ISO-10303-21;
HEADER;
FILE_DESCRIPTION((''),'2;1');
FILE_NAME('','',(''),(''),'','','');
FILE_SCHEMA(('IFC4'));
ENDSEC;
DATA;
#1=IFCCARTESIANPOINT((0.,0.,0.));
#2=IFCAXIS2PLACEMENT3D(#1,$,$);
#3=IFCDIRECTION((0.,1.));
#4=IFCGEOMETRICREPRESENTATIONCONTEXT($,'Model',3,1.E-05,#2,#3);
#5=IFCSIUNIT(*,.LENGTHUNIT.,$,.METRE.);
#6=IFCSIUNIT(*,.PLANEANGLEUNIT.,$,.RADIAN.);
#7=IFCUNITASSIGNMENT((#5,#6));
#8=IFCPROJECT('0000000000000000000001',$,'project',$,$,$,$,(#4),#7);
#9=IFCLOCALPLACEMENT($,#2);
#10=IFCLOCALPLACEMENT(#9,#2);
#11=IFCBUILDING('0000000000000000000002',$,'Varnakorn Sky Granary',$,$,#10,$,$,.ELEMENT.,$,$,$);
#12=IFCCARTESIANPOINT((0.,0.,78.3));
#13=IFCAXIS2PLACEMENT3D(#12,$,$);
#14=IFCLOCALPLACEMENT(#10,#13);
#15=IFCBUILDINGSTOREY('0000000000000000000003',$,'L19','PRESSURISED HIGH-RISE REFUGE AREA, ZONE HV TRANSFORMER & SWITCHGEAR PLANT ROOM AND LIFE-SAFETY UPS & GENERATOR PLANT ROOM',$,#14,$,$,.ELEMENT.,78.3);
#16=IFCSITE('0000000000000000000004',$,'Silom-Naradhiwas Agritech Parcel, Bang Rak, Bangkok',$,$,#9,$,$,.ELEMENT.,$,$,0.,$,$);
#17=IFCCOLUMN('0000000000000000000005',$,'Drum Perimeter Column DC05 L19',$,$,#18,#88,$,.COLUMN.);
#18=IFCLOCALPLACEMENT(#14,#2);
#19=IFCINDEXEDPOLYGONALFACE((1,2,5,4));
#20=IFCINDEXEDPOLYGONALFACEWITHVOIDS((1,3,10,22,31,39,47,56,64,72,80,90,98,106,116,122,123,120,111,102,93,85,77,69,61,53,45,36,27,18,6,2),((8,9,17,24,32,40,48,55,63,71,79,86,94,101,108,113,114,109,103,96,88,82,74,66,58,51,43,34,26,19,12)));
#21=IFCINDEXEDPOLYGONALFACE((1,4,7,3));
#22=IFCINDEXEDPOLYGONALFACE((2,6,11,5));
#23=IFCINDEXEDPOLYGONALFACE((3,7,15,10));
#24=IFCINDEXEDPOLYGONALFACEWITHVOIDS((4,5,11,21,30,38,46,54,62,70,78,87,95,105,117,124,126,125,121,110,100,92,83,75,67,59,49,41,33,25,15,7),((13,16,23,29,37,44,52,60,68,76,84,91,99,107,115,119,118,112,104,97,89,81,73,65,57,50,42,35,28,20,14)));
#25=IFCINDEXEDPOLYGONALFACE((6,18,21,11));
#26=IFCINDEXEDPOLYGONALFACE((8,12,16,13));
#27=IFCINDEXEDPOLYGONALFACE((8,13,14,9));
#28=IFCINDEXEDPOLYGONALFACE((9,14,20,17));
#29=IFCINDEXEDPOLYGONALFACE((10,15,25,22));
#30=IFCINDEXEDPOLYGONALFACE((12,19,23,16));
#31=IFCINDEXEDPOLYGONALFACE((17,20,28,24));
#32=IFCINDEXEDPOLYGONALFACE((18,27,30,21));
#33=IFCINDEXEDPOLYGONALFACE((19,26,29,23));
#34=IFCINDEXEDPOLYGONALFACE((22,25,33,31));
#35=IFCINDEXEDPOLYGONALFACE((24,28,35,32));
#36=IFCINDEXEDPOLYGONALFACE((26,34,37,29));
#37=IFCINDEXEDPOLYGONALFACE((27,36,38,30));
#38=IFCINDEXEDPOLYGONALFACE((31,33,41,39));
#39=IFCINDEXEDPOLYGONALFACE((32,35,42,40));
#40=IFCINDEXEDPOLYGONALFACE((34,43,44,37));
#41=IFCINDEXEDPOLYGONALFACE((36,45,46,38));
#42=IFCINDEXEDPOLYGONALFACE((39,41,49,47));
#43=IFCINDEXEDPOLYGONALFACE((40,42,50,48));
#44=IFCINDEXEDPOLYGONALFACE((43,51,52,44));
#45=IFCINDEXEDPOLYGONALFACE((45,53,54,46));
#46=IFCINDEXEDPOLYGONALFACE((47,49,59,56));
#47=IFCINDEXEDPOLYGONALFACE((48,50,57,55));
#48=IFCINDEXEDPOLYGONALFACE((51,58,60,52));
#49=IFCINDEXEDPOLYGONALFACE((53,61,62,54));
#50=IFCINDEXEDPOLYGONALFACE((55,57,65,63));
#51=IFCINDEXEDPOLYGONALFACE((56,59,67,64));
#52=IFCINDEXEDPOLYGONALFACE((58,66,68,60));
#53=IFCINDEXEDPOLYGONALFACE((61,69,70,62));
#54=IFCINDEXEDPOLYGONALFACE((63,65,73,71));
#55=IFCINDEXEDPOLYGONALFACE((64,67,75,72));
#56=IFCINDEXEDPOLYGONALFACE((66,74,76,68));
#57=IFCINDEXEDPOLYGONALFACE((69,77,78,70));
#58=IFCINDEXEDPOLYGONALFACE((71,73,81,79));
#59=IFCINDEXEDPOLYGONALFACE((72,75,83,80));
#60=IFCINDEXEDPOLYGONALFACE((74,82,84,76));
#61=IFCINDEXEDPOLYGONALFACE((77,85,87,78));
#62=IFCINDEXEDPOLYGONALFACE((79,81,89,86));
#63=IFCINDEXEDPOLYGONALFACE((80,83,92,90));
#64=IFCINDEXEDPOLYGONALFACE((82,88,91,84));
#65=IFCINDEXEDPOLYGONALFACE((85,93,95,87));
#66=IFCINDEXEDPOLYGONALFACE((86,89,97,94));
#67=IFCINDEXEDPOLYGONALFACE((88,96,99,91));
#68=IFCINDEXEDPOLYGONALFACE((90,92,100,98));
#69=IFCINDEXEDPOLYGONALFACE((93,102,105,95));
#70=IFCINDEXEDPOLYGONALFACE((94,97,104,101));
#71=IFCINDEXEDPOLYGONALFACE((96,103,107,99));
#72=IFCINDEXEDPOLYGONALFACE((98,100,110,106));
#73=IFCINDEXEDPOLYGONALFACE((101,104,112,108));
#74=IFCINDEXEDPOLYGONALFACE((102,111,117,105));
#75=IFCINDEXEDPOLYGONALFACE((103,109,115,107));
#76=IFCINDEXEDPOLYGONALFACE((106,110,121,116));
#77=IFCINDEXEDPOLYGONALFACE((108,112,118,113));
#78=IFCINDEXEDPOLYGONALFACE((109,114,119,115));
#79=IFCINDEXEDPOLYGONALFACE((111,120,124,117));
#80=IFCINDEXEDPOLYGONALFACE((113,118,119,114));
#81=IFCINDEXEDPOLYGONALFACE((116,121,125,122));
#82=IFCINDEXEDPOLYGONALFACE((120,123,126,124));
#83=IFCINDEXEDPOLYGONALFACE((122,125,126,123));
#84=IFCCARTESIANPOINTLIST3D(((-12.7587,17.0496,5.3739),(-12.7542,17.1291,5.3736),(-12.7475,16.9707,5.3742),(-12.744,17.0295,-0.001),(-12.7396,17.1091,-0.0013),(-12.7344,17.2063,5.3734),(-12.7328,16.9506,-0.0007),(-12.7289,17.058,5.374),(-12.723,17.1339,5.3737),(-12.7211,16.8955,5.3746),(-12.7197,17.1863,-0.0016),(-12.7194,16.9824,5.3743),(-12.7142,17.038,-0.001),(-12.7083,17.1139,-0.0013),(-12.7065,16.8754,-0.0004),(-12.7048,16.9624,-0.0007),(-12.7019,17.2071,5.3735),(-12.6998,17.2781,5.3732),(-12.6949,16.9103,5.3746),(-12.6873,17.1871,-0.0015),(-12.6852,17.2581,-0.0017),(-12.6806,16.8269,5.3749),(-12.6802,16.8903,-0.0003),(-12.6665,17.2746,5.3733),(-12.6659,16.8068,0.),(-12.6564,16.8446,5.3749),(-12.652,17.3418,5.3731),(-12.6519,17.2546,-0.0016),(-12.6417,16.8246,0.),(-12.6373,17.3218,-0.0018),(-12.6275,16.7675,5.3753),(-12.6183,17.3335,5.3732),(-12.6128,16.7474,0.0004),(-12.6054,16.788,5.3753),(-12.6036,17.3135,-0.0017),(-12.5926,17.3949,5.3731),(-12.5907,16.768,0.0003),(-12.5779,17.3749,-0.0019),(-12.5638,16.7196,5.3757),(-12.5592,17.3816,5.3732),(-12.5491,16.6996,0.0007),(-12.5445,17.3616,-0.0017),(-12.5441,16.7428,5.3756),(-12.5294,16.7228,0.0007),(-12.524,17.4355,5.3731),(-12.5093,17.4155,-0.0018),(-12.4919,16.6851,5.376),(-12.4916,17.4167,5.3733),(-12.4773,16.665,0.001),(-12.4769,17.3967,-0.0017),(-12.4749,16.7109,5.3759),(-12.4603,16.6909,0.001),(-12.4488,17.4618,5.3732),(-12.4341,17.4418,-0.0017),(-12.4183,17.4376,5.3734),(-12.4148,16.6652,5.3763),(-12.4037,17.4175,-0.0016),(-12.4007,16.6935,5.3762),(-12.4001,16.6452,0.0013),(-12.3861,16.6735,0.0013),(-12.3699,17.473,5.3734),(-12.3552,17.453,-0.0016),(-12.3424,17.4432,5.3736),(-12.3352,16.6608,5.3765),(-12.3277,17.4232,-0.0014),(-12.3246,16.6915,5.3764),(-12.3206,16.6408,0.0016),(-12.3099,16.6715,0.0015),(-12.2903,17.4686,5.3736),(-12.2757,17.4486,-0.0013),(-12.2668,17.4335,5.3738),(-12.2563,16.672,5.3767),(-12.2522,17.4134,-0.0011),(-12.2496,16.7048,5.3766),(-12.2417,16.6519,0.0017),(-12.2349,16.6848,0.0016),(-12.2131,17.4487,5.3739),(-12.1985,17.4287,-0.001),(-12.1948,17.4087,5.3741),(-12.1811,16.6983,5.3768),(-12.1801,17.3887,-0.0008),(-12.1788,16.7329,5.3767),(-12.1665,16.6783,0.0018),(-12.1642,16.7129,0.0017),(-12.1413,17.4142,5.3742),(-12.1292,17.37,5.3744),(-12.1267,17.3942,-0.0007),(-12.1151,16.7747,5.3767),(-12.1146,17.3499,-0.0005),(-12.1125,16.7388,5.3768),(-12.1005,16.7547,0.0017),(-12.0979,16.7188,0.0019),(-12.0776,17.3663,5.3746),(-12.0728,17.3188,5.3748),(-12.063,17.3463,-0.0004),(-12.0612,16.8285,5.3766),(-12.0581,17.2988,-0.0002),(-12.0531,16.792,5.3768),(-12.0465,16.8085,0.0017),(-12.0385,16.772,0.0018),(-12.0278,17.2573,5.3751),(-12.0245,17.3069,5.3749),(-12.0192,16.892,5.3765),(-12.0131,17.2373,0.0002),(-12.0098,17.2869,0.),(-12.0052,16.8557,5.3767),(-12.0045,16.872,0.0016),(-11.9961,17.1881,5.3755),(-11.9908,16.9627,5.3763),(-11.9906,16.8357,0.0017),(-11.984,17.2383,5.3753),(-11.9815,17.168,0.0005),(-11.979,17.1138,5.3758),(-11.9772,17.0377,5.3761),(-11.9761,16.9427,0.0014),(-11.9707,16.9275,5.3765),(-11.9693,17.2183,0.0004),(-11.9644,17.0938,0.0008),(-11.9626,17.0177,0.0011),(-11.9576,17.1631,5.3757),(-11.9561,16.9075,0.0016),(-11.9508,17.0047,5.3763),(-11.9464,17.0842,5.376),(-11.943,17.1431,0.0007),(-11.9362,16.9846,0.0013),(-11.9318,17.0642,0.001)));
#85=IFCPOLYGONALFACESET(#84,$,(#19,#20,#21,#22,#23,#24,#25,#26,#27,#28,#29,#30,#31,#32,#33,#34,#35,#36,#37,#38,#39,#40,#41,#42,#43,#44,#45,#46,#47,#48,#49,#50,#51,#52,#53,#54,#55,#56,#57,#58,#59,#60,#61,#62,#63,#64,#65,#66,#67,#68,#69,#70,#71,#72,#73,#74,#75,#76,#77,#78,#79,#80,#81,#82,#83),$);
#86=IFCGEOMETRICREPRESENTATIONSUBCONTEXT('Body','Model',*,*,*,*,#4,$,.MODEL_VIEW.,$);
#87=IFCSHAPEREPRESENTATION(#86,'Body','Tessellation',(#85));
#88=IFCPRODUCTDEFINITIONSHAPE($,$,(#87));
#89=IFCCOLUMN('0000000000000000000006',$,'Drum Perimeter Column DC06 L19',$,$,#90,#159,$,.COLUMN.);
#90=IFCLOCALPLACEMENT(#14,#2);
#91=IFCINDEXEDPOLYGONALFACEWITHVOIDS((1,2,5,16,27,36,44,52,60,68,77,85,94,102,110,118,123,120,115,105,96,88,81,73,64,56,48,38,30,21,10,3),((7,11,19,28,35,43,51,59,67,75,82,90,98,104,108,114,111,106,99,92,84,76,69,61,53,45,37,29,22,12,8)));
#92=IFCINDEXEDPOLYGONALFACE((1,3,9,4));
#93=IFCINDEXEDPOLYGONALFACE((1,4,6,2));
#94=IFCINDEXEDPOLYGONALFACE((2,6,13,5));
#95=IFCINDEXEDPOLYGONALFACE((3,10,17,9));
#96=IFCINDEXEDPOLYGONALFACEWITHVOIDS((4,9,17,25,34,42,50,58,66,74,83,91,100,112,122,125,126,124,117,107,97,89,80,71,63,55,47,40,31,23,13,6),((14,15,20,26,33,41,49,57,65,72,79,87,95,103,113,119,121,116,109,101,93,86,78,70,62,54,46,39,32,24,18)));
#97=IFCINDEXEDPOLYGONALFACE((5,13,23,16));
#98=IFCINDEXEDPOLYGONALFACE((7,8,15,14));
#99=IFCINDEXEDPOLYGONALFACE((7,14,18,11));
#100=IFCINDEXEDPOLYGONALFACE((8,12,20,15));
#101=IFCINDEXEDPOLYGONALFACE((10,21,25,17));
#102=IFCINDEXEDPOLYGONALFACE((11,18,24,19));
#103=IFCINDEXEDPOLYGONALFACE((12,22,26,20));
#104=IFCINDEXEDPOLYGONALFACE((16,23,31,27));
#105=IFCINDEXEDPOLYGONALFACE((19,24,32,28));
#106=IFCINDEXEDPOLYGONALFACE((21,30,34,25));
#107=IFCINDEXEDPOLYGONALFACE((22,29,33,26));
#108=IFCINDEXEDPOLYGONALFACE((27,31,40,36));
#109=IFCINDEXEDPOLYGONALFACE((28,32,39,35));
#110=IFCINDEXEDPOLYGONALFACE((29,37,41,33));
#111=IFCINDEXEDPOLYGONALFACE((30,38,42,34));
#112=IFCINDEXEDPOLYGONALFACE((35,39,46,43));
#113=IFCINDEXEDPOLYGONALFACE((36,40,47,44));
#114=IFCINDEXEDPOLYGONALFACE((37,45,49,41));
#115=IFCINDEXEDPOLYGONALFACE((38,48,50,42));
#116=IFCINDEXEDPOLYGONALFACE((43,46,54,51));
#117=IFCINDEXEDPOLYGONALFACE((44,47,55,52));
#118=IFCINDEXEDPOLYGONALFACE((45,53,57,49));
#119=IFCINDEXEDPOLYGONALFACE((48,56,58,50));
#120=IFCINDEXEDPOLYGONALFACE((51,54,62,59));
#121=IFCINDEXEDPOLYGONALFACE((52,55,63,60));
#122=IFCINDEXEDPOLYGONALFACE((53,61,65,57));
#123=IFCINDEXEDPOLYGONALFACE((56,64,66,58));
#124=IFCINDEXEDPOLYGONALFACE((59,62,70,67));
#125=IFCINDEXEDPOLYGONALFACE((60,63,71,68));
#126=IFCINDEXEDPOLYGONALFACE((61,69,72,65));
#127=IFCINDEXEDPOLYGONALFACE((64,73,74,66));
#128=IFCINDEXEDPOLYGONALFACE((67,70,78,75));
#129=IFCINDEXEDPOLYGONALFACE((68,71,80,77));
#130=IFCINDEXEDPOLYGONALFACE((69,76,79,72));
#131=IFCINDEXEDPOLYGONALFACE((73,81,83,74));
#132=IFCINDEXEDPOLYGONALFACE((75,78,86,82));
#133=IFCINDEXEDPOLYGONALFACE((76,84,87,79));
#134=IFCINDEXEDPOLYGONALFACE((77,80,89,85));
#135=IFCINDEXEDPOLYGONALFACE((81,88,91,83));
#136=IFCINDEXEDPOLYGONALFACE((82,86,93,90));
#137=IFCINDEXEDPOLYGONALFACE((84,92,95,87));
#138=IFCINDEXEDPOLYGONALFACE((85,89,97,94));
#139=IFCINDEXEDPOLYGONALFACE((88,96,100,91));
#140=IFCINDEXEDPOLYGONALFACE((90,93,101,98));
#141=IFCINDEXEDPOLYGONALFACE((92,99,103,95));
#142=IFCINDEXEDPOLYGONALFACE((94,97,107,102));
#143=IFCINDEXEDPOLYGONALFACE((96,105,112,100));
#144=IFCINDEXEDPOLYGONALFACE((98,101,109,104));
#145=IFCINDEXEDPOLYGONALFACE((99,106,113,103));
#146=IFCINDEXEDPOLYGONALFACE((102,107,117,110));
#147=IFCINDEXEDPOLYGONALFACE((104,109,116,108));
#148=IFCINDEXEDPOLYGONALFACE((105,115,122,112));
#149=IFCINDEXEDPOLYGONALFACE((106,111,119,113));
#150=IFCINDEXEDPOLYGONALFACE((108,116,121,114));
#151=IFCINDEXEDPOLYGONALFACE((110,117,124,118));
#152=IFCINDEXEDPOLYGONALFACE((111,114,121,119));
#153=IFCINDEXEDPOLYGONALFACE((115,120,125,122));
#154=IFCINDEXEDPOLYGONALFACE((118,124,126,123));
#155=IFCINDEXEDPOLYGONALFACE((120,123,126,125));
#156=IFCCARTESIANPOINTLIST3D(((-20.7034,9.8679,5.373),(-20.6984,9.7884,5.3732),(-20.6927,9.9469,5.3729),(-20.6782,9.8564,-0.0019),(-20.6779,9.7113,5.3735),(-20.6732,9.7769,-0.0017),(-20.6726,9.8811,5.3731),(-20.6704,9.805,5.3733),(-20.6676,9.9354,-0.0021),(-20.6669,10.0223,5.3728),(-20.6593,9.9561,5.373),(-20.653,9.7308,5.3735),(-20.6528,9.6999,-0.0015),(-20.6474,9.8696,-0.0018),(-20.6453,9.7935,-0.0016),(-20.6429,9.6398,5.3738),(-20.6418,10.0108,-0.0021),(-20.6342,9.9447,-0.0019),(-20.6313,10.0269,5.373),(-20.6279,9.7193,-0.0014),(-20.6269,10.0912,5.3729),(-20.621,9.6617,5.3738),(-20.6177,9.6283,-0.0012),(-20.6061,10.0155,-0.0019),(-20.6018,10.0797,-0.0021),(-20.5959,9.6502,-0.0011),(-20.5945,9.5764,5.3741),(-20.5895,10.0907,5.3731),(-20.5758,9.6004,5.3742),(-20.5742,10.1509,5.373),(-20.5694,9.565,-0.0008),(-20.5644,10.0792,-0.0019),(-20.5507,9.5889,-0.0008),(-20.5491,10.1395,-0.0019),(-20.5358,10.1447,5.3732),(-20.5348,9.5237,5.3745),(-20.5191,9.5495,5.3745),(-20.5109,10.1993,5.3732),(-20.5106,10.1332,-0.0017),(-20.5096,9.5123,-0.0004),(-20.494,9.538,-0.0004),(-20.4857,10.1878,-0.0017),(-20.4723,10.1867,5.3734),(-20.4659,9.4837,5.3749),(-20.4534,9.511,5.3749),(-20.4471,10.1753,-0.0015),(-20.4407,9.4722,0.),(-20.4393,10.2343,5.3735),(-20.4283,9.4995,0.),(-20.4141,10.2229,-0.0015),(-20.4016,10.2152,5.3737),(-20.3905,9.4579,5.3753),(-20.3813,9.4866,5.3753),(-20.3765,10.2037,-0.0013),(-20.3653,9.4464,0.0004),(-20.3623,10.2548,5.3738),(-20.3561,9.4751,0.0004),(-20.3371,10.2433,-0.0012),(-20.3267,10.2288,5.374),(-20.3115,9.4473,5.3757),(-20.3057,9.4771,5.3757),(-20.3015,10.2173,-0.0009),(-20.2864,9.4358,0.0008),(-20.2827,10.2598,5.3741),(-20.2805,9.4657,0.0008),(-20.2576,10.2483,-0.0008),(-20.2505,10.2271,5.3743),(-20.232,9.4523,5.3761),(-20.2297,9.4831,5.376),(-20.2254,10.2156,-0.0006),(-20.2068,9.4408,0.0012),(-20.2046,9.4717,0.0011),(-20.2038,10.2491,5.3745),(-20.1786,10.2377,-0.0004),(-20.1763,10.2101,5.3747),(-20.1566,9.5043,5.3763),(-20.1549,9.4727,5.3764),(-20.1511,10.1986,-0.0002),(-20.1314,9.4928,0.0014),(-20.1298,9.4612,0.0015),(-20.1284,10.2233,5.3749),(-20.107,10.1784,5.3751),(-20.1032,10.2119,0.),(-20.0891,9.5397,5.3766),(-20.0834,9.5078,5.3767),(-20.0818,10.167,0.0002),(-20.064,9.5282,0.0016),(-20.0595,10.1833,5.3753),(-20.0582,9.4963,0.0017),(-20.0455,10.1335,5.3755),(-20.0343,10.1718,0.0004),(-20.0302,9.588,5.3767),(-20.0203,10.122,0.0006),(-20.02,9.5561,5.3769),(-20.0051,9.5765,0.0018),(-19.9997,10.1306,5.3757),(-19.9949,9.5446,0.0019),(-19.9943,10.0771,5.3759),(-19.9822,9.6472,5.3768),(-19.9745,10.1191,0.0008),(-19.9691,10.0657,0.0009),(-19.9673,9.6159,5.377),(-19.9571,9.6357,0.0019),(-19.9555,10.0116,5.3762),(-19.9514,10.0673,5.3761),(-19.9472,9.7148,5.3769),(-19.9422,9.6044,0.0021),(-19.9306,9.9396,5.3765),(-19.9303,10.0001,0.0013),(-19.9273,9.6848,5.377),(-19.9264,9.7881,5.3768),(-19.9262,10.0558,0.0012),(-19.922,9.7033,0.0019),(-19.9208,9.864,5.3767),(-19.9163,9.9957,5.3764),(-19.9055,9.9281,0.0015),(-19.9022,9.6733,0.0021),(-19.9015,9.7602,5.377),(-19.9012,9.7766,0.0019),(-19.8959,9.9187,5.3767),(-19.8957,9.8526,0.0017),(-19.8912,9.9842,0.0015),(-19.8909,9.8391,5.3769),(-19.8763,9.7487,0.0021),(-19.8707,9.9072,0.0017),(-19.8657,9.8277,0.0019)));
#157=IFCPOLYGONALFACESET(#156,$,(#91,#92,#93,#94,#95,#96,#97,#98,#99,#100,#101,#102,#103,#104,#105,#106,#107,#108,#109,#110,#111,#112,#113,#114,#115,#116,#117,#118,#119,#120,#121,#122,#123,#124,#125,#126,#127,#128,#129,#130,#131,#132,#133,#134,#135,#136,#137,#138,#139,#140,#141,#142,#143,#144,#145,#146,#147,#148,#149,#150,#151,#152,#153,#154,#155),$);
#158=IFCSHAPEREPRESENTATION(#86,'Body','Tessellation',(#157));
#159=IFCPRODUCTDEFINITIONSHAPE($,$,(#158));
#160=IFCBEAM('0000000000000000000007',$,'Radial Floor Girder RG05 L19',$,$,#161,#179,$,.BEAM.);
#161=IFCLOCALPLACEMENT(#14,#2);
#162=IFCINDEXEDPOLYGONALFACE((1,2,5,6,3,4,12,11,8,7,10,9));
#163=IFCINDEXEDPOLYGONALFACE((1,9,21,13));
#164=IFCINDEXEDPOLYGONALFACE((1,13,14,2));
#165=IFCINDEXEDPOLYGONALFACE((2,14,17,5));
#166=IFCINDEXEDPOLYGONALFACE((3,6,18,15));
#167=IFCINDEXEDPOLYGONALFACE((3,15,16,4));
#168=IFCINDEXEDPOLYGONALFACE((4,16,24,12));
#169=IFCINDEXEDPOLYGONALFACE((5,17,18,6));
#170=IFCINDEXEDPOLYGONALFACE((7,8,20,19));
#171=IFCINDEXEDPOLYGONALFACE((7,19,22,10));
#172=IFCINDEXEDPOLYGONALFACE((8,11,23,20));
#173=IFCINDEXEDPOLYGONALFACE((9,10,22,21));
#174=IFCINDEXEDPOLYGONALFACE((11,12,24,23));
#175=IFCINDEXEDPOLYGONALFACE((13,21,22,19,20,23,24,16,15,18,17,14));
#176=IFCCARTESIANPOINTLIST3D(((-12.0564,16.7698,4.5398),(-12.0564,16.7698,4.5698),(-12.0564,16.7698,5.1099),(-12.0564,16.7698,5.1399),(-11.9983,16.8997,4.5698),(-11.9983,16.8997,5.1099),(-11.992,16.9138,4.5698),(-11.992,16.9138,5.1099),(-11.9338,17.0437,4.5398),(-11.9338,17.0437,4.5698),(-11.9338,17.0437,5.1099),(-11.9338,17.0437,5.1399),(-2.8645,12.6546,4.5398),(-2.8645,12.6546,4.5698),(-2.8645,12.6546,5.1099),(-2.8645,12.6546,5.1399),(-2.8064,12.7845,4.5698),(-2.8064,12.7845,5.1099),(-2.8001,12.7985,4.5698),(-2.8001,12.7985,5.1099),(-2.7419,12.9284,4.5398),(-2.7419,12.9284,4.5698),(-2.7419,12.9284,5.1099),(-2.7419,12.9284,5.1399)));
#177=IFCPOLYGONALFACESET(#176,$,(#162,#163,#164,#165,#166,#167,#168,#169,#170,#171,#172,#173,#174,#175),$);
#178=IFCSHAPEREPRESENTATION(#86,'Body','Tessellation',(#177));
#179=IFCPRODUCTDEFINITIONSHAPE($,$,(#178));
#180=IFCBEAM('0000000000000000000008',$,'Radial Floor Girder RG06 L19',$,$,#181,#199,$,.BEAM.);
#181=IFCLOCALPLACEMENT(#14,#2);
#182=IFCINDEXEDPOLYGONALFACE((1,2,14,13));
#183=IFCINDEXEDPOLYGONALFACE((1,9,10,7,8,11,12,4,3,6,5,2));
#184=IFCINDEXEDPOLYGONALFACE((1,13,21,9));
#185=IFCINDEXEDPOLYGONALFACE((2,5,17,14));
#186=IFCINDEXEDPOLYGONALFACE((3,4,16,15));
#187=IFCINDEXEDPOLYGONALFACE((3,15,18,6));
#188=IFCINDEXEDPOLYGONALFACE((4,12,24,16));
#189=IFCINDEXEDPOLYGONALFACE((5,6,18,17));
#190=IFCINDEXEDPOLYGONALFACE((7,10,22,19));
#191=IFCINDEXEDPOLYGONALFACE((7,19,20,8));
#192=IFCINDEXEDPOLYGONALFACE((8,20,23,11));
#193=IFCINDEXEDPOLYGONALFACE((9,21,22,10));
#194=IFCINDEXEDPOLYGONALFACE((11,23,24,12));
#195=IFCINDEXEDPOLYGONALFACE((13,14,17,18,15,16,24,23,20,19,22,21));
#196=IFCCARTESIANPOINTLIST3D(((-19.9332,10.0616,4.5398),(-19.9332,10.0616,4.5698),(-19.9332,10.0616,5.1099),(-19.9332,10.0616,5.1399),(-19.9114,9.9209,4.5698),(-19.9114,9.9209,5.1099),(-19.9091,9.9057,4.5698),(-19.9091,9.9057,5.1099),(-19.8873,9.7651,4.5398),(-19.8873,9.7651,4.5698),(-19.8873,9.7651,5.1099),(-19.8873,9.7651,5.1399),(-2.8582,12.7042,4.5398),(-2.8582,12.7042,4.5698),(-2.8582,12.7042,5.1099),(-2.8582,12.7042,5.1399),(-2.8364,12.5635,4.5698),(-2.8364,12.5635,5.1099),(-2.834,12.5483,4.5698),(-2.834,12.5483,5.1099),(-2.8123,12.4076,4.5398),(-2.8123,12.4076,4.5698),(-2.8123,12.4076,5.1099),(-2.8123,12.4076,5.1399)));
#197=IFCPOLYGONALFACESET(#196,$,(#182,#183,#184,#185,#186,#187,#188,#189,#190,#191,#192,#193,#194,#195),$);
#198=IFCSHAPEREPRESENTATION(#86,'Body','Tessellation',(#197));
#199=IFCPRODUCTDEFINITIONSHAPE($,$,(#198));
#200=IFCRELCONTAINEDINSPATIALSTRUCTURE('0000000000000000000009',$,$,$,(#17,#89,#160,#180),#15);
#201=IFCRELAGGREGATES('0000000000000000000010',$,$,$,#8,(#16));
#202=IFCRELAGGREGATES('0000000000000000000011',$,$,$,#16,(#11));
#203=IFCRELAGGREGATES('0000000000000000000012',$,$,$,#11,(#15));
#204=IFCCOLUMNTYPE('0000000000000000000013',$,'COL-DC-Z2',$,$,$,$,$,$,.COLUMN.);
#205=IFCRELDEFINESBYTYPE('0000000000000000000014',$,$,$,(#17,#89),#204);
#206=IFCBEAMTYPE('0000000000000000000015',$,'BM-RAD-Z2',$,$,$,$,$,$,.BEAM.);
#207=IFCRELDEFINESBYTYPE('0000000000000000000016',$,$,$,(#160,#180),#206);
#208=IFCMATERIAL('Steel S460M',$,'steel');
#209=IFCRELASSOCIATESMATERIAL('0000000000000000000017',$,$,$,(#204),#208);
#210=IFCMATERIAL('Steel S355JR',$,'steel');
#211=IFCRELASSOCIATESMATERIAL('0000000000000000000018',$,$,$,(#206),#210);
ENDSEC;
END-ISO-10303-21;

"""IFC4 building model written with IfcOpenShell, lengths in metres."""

from ifc_helpers import new_model, si_unit, direction, frame, origin, origin_2d, place, context, subcontext, project, spatial, hollow_circle, i_section, extrude, material, material_profile, profile_set, type_object, element, save


model = new_model("IFC4")

# Units and contexts
model_context = context("Model", 3, precision=1e-05, world=origin(), true_north=direction((0.0, 1.0)))
body_context = subcontext(model_context, "Body", "Model", "MODEL_VIEW")
ifc_project = project(units=[si_unit("LENGTHUNIT", "METRE"), si_unit("PLANEANGLEUNIT", "RADIAN")], contexts=[model_context])

# Site, building, storey
site_placement = place(None, origin())
site = spatial("IfcSite", under=ifc_project, at=site_placement, Name="Silom-Naradhiwas Agritech Parcel, Bang Rak, Bangkok", CompositionType="ELEMENT", RefElevation=0.0)
building_placement = place(site_placement, origin())
building = spatial("IfcBuilding", under=site, at=building_placement, Name="Varnakorn Sky Granary", CompositionType="ELEMENT")
storey_placement = place(building_placement, frame((0.0, 0.0, 78.3)))
storey = spatial("IfcBuildingStorey", under=building, at=storey_placement, Name="L19", Description="PRESSURISED HIGH-RISE REFUGE AREA, ZONE HV TRANSFORMER & SWITCHGEAR PLANT ROOM AND LIFE-SAFETY UPS & GENERATOR PLANT ROOM", CompositionType="ELEMENT", Elevation=78.3)

# Columns
ifc_material_1 = material(Name="Steel S460M", Category="steel")
ifc_material_profile_1 = material_profile(ifc_material_1, hollow_circle(Radius=0.4065, WallThickness=0.03, at=origin_2d()), Name="CHS 813x30")
ifc_profile_set_1 = profile_set([ifc_material_profile_1], Name="Steel S460M")
column_type = type_object("IfcColumnType", Name="COL-DC-Z2", PredefinedType="COLUMN", material=ifc_profile_set_1)
for number, where, z_axis, x_axis, name in (
    (1, (-12.3379, 17.0469, 0.0), (-0.002725, 0.003725, 0.999989), (-0.80703, -0.59051, 0.0), "Drum Perimeter Column DC05 L19"),
    (2, (-20.272, 9.842, 0.0), (-0.004678, 0.002135, 0.999987), (-0.415133, -0.909761, 0.0), "Drum Perimeter Column DC06 L19"),
):
    element("IfcColumn", number, at=place(storey_placement, frame(where, z_axis=z_axis, x_axis=x_axis)), inside=storey, type_object=column_type, Name=name, PredefinedType="COLUMN", context=body_context, shape_type="SweptSolid", body=[
        extrude(hollow_circle(Radius=0.4065, WallThickness=0.03, at=origin_2d()), origin(), (0.0, 0.0, 1.0), 5.375),
    ])

# Beams
ifc_material_2 = material(Name="Steel S355JR", Category="steel")
ifc_material_profile_2 = material_profile(ifc_material_2, i_section(OverallWidth=0.3, OverallDepth=0.6001, WebThickness=0.0154, FlangeThickness=0.03, at=origin_2d()), Name="HE 600 B")
ifc_profile_set_2 = profile_set([ifc_material_profile_2], Name="Steel S355JR")
beam_type_1 = type_object("IfcBeamType", Name="BM-RAD-Z2", PredefinedType="BEAM", material=ifc_profile_set_2)
beam_1_placement = place(storey_placement, frame((-2.8032, 12.7915, 4.8398), z_axis=(-0.912705, 0.40862, 0.0), x_axis=(-0.40862, -0.912705, 0.0)))
element("IfcBeam", 3, at=beam_1_placement, inside=storey, type_object=beam_type_1, Name="Radial Floor Girder RG05 L19", PredefinedType="BEAM", context=body_context, shape_type="SweptSolid", body=[
    extrude(i_section(OverallWidth=0.3, OverallDepth=0.6001, WebThickness=0.0154, FlangeThickness=0.03, at=origin_2d()), origin(), (0.0, 0.0, 1.0), 10.071),
])
beam_2_placement = place(storey_placement, frame((-2.8352, 12.5559, 4.8398), z_axis=(-0.988235, -0.152943, 0.0), x_axis=(0.152943, -0.988235, 0.0)))
element("IfcBeam", 4, at=beam_2_placement, inside=storey, type_object=beam_type_1, Name="Radial Floor Girder RG06 L19", PredefinedType="BEAM", context=body_context, shape_type="SweptSolid", body=[
    extrude(i_section(OverallWidth=0.3, OverallDepth=0.6001, WebThickness=0.0154, FlangeThickness=0.03, at=origin_2d()), origin(), (0.0, 0.0, 1.0), 17.2783),
])

save(model, "model.ifc")
